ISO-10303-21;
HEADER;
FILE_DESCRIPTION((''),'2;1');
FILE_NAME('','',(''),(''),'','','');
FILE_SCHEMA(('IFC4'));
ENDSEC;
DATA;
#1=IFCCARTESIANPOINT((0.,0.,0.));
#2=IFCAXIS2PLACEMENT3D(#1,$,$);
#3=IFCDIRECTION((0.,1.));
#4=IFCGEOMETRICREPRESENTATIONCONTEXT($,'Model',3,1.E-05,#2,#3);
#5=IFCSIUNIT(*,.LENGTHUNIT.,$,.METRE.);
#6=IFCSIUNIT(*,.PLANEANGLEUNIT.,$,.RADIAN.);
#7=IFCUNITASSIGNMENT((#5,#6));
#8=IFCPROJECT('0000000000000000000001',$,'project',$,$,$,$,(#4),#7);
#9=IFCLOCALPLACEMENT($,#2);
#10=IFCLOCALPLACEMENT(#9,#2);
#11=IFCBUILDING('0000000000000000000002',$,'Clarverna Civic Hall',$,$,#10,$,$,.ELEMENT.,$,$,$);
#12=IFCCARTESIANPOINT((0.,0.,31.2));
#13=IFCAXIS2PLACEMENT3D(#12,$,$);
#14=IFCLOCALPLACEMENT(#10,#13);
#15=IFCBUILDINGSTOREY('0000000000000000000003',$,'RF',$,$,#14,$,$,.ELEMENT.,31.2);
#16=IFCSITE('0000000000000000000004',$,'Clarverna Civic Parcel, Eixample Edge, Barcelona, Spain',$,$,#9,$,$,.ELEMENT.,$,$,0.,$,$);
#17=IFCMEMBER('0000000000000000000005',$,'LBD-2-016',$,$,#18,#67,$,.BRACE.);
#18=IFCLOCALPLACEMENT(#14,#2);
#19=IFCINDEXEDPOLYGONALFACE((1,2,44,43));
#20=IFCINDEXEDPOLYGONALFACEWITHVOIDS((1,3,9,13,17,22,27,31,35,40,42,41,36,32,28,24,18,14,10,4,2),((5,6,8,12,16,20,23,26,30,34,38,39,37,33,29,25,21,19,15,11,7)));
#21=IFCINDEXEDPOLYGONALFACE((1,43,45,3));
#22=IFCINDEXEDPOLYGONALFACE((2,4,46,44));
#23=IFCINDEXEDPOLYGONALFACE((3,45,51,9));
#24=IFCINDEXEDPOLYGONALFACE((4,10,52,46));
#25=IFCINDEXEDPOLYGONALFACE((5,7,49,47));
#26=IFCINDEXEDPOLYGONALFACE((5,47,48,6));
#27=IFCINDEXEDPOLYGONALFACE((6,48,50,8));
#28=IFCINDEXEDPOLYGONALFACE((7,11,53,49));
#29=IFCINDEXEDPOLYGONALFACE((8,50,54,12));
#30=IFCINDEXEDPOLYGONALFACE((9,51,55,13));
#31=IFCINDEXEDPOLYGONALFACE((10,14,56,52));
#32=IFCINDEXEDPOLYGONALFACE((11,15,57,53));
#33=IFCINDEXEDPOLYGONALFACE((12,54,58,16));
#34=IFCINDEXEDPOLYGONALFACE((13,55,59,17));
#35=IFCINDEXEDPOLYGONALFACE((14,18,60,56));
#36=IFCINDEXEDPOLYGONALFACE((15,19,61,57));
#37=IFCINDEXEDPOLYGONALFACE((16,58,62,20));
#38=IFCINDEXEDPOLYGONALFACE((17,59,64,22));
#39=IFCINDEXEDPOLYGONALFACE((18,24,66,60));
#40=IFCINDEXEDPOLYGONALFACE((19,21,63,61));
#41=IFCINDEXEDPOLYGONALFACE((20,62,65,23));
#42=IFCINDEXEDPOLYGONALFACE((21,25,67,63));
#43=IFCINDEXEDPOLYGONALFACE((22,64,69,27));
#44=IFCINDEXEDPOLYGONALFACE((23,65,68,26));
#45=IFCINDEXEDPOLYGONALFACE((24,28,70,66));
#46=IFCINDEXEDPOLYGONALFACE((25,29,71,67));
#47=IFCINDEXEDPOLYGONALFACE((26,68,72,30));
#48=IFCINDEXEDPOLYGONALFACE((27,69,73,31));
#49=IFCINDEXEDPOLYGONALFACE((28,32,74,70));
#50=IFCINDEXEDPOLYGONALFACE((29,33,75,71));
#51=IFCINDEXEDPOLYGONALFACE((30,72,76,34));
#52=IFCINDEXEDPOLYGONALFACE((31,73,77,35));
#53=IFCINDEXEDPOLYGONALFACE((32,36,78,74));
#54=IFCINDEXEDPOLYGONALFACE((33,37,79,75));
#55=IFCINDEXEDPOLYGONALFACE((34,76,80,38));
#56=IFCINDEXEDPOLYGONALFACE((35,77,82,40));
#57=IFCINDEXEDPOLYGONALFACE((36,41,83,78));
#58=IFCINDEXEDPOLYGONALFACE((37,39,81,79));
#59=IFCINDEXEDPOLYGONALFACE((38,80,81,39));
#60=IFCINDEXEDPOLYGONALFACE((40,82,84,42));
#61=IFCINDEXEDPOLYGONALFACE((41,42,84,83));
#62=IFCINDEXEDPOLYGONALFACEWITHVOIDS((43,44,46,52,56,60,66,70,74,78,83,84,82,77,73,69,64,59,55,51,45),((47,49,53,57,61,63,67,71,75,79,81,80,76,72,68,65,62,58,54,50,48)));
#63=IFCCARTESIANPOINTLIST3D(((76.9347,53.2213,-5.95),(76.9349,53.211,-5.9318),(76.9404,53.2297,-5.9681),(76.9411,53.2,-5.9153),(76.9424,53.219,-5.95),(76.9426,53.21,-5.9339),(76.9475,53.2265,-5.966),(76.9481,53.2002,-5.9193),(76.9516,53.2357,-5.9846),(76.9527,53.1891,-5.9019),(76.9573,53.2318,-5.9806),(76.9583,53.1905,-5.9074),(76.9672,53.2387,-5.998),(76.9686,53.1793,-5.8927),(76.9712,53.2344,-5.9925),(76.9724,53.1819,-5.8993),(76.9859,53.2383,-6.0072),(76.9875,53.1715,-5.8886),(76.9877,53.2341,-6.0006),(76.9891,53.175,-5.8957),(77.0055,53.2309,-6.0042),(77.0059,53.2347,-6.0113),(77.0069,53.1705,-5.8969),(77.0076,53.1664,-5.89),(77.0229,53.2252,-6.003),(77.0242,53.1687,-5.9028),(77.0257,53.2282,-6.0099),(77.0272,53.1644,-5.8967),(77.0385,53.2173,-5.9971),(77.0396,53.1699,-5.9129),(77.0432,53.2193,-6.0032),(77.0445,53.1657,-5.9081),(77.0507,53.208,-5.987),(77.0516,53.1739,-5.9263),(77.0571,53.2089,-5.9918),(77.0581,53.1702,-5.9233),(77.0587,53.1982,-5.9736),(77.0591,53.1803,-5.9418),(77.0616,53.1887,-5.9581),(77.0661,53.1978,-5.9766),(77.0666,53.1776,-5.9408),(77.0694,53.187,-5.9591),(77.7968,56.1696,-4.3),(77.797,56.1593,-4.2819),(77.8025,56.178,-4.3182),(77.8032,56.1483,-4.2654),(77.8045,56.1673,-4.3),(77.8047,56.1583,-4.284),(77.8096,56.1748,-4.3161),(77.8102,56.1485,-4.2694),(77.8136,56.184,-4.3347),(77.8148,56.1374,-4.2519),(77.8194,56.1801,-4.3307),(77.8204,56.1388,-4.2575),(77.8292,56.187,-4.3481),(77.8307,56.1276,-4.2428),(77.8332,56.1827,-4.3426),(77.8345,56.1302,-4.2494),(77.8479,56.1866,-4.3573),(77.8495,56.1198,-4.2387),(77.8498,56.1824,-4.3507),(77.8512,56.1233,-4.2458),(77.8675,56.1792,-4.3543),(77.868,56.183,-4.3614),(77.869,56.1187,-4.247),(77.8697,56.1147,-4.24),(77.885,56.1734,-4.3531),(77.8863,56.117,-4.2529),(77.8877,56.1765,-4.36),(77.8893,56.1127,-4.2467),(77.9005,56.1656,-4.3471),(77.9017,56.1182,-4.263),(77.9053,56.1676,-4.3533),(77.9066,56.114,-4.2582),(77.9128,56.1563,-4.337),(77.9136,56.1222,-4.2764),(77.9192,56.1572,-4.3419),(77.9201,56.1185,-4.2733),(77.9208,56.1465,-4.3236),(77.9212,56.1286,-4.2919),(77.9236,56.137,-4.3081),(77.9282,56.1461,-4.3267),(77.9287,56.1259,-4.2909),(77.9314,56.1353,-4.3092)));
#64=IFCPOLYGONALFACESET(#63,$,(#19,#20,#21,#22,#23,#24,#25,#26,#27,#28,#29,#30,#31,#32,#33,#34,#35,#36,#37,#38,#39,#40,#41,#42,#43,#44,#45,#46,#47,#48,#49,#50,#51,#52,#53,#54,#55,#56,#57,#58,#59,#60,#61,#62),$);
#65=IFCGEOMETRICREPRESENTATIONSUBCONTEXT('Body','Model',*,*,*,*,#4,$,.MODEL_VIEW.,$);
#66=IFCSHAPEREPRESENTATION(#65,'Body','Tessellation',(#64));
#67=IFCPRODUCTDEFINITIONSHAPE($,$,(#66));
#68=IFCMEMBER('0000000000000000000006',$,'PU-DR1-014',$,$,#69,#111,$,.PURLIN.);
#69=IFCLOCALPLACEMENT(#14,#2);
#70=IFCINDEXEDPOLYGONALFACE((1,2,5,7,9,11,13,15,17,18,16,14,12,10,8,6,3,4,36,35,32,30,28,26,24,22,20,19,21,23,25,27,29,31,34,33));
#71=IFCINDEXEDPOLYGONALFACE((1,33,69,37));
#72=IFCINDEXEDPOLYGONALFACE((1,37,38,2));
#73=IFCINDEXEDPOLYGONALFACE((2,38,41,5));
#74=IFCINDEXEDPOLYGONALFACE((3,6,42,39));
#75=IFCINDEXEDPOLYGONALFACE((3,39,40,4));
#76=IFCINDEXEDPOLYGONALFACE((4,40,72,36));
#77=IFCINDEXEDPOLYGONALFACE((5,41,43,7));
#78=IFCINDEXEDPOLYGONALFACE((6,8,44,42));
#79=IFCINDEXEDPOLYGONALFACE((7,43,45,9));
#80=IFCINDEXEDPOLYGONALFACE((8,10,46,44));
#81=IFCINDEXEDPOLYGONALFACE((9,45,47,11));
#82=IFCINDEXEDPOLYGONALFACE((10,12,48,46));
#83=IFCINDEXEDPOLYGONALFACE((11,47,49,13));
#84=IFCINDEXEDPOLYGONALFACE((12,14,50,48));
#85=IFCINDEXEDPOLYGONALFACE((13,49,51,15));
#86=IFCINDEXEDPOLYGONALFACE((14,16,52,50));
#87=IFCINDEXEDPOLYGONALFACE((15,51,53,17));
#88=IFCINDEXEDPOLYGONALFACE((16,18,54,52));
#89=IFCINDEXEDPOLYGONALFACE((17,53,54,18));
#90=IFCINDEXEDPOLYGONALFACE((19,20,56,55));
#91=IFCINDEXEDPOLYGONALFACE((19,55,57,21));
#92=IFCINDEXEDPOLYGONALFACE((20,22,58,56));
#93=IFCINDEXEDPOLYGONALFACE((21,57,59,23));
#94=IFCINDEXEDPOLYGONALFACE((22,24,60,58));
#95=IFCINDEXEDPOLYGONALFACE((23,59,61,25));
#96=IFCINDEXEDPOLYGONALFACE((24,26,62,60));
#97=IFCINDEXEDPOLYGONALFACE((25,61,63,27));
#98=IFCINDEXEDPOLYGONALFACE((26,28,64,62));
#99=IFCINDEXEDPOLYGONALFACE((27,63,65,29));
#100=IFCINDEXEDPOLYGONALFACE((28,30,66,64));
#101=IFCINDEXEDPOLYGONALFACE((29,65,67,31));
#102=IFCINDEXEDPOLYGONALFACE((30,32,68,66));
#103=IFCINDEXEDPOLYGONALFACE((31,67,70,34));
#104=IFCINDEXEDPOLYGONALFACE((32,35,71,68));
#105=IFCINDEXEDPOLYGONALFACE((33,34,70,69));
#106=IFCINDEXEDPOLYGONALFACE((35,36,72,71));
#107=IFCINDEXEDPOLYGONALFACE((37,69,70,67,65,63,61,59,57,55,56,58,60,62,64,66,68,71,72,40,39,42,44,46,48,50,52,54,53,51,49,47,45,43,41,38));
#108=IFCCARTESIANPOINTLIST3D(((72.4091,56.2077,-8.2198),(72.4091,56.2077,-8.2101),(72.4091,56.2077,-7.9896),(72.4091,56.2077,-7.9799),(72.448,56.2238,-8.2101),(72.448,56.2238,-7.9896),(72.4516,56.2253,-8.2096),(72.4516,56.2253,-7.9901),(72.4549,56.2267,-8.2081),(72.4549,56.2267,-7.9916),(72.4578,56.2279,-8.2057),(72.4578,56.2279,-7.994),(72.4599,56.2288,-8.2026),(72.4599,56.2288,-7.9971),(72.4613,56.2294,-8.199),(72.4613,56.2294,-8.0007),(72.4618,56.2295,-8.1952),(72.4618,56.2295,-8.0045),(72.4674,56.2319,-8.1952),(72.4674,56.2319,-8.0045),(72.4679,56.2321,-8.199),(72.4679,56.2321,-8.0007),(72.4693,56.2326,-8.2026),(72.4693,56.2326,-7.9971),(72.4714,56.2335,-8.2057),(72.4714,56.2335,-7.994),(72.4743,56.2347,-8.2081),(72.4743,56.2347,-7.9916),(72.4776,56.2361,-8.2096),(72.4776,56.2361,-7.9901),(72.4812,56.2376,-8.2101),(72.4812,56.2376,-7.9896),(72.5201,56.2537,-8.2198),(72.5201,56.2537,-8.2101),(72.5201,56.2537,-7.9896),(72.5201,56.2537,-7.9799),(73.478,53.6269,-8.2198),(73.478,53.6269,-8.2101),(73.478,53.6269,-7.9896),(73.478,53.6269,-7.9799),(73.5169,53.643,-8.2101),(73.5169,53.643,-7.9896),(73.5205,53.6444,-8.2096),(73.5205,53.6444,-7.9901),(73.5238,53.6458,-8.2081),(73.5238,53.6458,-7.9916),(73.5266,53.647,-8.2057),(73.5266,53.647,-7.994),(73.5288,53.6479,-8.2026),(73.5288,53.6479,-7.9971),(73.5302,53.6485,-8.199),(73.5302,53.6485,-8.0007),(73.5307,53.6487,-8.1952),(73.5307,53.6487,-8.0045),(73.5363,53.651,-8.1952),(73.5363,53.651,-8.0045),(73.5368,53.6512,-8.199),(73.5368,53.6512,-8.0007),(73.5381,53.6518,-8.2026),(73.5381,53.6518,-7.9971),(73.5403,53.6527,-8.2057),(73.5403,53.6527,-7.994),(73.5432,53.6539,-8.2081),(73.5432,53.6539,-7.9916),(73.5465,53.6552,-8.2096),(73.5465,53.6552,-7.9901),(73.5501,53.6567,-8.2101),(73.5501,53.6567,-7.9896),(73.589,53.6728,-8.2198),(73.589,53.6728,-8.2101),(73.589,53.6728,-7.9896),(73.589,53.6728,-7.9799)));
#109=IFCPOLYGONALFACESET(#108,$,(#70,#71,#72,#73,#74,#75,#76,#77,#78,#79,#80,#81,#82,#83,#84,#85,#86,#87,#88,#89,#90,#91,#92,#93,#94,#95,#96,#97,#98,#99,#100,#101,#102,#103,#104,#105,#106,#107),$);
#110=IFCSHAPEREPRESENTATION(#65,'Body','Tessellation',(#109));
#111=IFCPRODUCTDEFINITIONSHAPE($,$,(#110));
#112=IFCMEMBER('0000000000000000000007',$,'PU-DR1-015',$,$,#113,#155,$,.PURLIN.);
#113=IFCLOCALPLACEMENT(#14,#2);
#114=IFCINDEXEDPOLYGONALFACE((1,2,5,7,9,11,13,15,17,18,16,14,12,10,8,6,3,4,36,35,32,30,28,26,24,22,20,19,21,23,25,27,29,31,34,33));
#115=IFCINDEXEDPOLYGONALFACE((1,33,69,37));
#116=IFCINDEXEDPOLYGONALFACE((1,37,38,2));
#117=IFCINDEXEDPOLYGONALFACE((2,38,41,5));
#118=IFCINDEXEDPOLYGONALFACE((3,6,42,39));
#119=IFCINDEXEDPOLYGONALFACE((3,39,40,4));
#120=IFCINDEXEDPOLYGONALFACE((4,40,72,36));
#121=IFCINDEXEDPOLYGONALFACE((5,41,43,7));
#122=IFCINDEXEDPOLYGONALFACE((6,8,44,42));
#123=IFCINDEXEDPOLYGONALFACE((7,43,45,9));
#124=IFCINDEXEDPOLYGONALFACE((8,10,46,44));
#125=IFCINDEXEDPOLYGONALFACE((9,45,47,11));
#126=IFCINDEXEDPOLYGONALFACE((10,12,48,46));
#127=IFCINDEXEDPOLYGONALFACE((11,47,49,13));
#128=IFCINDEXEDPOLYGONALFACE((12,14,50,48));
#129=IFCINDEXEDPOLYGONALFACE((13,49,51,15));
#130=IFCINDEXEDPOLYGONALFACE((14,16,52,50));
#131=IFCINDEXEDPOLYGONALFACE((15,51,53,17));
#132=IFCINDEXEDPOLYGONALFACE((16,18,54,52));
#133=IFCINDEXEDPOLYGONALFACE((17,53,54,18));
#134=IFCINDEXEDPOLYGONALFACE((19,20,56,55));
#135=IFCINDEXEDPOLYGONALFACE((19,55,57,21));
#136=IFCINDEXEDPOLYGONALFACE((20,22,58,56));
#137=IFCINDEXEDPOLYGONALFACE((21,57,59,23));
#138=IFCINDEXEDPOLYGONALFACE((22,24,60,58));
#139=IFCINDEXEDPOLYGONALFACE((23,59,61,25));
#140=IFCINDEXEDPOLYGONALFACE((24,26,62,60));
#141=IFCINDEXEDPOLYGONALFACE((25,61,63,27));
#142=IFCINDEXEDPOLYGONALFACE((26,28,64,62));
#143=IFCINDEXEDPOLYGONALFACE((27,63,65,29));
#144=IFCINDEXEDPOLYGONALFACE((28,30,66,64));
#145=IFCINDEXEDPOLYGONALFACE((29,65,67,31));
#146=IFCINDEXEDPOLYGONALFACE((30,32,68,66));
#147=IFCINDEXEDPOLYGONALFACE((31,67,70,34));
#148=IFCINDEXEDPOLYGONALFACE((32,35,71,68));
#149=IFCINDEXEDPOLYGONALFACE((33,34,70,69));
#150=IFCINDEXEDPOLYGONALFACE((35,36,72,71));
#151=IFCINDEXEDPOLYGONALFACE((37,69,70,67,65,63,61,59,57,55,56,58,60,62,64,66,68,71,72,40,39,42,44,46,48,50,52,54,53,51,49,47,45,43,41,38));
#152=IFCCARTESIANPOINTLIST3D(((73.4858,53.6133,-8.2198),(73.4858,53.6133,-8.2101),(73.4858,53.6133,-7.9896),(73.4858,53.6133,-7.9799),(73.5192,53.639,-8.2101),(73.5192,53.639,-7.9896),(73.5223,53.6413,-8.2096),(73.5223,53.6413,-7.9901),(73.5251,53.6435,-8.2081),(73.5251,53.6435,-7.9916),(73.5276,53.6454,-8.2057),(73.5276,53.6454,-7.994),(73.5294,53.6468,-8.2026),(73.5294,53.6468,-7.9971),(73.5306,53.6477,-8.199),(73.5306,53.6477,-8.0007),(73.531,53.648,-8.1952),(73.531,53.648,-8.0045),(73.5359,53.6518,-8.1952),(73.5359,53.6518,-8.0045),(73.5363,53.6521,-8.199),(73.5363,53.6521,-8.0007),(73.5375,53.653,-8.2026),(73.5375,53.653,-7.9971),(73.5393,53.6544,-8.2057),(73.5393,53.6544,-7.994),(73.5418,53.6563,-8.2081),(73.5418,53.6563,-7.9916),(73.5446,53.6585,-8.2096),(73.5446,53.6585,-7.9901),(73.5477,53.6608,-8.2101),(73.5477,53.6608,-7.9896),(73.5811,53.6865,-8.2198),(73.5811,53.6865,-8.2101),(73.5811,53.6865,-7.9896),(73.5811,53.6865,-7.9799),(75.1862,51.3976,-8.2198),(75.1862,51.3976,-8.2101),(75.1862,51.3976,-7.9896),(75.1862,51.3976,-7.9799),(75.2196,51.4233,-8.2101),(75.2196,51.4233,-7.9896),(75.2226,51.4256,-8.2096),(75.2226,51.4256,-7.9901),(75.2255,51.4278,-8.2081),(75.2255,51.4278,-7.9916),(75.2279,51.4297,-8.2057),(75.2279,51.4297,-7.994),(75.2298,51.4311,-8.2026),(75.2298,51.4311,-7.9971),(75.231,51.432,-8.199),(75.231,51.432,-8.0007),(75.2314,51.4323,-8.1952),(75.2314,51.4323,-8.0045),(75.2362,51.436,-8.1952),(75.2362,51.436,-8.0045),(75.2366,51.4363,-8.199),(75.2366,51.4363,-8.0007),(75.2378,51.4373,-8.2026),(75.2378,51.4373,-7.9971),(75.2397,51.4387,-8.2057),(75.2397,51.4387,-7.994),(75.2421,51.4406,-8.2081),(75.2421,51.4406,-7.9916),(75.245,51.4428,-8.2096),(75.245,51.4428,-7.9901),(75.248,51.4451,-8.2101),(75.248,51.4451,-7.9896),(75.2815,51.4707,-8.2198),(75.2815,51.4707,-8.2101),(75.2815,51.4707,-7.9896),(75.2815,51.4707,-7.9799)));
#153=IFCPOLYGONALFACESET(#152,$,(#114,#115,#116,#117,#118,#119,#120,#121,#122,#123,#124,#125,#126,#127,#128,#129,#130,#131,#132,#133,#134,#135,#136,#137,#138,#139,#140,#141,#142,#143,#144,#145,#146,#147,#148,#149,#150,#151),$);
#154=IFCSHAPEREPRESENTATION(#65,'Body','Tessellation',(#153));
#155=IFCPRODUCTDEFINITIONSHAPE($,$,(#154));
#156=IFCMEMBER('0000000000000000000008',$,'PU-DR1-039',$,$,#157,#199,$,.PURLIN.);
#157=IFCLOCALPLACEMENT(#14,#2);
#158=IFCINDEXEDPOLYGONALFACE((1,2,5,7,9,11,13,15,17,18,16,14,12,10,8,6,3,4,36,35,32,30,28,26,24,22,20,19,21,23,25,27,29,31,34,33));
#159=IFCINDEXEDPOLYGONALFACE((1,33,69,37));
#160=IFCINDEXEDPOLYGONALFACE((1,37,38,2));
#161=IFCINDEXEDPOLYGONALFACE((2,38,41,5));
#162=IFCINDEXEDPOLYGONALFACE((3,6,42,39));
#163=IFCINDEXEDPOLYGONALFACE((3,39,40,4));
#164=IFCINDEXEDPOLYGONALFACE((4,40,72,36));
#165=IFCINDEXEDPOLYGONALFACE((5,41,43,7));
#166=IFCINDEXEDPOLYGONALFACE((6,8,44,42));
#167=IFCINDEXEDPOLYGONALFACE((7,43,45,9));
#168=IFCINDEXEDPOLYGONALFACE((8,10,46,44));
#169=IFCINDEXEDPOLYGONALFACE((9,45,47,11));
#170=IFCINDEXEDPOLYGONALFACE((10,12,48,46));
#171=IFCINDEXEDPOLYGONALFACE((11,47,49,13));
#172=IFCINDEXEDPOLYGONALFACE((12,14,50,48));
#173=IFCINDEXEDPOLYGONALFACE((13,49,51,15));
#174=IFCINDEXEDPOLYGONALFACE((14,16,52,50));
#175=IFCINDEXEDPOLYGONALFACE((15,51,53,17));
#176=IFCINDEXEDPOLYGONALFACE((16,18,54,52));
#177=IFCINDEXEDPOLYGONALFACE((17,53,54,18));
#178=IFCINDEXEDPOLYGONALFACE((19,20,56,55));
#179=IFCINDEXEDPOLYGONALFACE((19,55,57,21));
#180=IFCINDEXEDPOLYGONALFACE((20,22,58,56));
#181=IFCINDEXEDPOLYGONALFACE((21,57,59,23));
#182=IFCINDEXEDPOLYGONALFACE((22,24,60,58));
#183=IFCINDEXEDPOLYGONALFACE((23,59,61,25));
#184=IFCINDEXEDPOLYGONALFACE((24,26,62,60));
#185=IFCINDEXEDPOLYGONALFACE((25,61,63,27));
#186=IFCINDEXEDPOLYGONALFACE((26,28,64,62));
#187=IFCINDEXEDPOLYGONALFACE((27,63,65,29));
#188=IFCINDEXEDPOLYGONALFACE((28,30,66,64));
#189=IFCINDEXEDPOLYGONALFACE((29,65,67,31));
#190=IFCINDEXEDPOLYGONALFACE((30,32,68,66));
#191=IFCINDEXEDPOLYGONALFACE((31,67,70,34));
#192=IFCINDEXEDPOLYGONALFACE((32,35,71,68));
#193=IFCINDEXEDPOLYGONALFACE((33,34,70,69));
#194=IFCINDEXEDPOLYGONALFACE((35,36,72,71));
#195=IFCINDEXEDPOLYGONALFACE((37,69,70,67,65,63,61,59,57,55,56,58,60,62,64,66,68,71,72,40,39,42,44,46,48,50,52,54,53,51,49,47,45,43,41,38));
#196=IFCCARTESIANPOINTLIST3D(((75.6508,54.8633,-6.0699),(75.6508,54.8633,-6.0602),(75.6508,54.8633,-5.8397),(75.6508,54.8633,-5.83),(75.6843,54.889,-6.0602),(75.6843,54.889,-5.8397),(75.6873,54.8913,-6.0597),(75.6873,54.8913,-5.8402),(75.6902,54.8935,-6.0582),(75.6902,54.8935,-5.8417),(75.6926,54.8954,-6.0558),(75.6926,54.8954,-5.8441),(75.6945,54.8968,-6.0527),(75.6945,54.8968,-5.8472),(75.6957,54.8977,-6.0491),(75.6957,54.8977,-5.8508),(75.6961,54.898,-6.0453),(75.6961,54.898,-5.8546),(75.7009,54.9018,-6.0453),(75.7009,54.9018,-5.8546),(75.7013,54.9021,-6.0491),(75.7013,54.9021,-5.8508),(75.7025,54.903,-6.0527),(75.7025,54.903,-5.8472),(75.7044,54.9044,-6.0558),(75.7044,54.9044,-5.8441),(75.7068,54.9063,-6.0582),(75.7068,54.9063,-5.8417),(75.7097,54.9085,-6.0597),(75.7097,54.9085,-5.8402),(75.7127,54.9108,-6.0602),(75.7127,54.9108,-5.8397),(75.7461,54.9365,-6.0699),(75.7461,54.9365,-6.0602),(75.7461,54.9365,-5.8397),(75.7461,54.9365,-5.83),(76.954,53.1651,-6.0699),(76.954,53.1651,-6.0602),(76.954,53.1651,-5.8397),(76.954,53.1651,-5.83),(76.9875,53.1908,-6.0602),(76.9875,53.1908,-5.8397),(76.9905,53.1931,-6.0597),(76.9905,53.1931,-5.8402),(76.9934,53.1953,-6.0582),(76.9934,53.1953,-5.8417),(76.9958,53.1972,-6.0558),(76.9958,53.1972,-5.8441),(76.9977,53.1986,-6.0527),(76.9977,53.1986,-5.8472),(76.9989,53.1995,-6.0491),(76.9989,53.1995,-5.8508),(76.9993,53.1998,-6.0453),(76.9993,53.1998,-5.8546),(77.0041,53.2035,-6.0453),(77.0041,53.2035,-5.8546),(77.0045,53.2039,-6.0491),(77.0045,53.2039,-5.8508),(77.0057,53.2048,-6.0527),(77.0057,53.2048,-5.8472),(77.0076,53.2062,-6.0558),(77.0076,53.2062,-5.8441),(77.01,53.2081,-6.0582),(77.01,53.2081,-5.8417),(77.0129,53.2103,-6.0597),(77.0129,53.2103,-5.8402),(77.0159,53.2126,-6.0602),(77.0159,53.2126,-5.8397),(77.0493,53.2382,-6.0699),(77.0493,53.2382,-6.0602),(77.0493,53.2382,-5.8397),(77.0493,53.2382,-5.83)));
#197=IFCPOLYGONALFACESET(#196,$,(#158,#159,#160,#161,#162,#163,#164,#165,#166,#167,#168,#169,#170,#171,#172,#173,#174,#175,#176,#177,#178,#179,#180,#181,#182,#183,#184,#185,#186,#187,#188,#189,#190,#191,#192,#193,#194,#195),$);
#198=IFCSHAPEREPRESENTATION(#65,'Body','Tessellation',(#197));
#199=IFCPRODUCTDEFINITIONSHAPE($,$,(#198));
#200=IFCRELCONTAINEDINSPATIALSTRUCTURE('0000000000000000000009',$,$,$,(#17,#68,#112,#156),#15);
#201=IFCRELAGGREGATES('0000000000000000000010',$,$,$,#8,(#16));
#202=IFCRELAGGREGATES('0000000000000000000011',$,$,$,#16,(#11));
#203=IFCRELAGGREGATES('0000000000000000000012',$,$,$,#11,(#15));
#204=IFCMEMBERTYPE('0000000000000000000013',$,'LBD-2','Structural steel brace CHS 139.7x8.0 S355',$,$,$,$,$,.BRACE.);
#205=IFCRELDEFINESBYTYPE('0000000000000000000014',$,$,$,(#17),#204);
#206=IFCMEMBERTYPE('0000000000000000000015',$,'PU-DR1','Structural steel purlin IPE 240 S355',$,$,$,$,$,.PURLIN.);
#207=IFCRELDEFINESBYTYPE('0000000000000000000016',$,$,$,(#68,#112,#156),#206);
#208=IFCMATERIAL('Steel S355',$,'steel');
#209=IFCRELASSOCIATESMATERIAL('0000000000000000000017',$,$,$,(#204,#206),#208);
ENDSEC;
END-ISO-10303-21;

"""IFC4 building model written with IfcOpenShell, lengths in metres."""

from ifc_helpers import new_model, si_unit, direction, frame, origin, origin_2d, place, context, subcontext, project, spatial, hollow_circle, i_section, extrude, material, material_profile, profile_set, type_object, element, save


model = new_model("IFC4")

# Units and contexts
model_context = context("Model", 3, precision=1e-05, world=origin(), true_north=direction((0.0, 1.0)))
body_context = subcontext(model_context, "Body", "Model", "MODEL_VIEW")
ifc_project = project(units=[si_unit("LENGTHUNIT", "METRE"), si_unit("PLANEANGLEUNIT", "RADIAN")], contexts=[model_context])

# Site, building, storey
site_placement = place(None, origin())
site = spatial("IfcSite", under=ifc_project, at=site_placement, Name="Clarverna Civic Parcel, Eixample Edge, Barcelona, Spain", CompositionType="ELEMENT", RefElevation=0.0)
building_placement = place(site_placement, origin())
building = spatial("IfcBuilding", under=site, at=building_placement, Name="Clarverna Civic Hall", CompositionType="ELEMENT")
storey_placement = place(building_placement, frame((0.0, 0.0, 31.2)))
storey = spatial("IfcBuildingStorey", under=building, at=storey_placement, Name="RF", CompositionType="ELEMENT", Elevation=31.2)

# Members
ifc_material_1 = material(Name="Steel S355", Category="steel")
ifc_material_profile_1 = material_profile(ifc_material_1, hollow_circle(Radius=0.0698, WallThickness=0.0081, at=origin_2d()), Name="CHS 139.7x8.0")
ifc_profile_set_1 = profile_set([ifc_material_profile_1], Name="Steel S355")
member_type_1 = type_object("IfcMemberType", Name="LBD-2", Description="Structural steel brace CHS 139.7x8.0 S355", PredefinedType="BRACE", material=ifc_profile_set_1)
for number, where, z_axis, x_axis, name in (
    (1, (77.0017, 53.2017, -5.95), (0.247239, 0.845555, 0.473191), (-0.959811, 0.280647, 0.0), "LBD-2-016"),
):
    element("IfcMember", number, at=place(storey_placement, frame(where, z_axis=z_axis, x_axis=x_axis)), inside=storey, type_object=member_type_1, Name=name, PredefinedType="BRACE", context=body_context, shape_type="SweptSolid", body=[
        extrude(hollow_circle(Radius=0.0698, WallThickness=0.0081, at=origin_2d()), origin(), (0.0, 0.0, 1.0), 3.4868),
    ])
ifc_material_profile_2 = material_profile(ifc_material_1, i_section(OverallWidth=0.1201, OverallDepth=0.24, WebThickness=0.0061, FlangeThickness=0.0098, FilletRadius=0.0149, at=origin_2d()), Name="IPE 240")
ifc_profile_set_2 = profile_set([ifc_material_profile_2], Name="Steel S355")
member_type_2 = type_object("IfcMemberType", Name="PU-DR1", Description="Structural steel purlin IPE 240 S355", PredefinedType="PURLIN", material=ifc_profile_set_2)
member_1_placement = place(storey_placement, frame((72.4646, 56.2307, -8.0999), z_axis=(0.382635, -0.9239, 0.0), x_axis=(0.9239, 0.382635, 0.0)))
element("IfcMember", 2, at=member_1_placement, inside=storey, type_object=member_type_2, Name="PU-DR1-014", PredefinedType="PURLIN", context=body_context, shape_type="SweptSolid", body=[
    extrude(i_section(OverallWidth=0.1201, OverallDepth=0.24, WebThickness=0.0061, FlangeThickness=0.0098, FilletRadius=0.0149, at=origin_2d()), origin(), (0.0, 0.0, 1.0), 2.7935),
])
member_2_placement = place(storey_placement, frame((73.5334, 53.6499, -8.0999), z_axis=(0.608802, -0.793322, 0.0), x_axis=(0.793322, 0.608802, 0.0)))
element("IfcMember", 3, at=member_2_placement, inside=storey, type_object=member_type_2, Name="PU-DR1-015", PredefinedType="PURLIN", context=body_context, shape_type="SweptSolid", body=[
    extrude(i_section(OverallWidth=0.1201, OverallDepth=0.24, WebThickness=0.0061, FlangeThickness=0.0098, FilletRadius=0.0149, at=origin_2d()), origin(), (0.0, 0.0, 1.0), 2.793),
])
member_3_placement = place(storey_placement, frame((75.6985, 54.8999, -5.95), z_axis=(0.608795, -0.793327, 0.0), x_axis=(0.793327, 0.608795, 0.0)))
element("IfcMember", 4, at=member_3_placement, inside=storey, type_object=member_type_2, Name="PU-DR1-039", PredefinedType="PURLIN", context=body_context, shape_type="SweptSolid", body=[
    extrude(i_section(OverallWidth=0.1201, OverallDepth=0.24, WebThickness=0.0061, FlangeThickness=0.0098, FilletRadius=0.0149, at=origin_2d()), origin(), (0.0, 0.0, 1.0), 2.1406),
])

save(model, "model.ifc")
